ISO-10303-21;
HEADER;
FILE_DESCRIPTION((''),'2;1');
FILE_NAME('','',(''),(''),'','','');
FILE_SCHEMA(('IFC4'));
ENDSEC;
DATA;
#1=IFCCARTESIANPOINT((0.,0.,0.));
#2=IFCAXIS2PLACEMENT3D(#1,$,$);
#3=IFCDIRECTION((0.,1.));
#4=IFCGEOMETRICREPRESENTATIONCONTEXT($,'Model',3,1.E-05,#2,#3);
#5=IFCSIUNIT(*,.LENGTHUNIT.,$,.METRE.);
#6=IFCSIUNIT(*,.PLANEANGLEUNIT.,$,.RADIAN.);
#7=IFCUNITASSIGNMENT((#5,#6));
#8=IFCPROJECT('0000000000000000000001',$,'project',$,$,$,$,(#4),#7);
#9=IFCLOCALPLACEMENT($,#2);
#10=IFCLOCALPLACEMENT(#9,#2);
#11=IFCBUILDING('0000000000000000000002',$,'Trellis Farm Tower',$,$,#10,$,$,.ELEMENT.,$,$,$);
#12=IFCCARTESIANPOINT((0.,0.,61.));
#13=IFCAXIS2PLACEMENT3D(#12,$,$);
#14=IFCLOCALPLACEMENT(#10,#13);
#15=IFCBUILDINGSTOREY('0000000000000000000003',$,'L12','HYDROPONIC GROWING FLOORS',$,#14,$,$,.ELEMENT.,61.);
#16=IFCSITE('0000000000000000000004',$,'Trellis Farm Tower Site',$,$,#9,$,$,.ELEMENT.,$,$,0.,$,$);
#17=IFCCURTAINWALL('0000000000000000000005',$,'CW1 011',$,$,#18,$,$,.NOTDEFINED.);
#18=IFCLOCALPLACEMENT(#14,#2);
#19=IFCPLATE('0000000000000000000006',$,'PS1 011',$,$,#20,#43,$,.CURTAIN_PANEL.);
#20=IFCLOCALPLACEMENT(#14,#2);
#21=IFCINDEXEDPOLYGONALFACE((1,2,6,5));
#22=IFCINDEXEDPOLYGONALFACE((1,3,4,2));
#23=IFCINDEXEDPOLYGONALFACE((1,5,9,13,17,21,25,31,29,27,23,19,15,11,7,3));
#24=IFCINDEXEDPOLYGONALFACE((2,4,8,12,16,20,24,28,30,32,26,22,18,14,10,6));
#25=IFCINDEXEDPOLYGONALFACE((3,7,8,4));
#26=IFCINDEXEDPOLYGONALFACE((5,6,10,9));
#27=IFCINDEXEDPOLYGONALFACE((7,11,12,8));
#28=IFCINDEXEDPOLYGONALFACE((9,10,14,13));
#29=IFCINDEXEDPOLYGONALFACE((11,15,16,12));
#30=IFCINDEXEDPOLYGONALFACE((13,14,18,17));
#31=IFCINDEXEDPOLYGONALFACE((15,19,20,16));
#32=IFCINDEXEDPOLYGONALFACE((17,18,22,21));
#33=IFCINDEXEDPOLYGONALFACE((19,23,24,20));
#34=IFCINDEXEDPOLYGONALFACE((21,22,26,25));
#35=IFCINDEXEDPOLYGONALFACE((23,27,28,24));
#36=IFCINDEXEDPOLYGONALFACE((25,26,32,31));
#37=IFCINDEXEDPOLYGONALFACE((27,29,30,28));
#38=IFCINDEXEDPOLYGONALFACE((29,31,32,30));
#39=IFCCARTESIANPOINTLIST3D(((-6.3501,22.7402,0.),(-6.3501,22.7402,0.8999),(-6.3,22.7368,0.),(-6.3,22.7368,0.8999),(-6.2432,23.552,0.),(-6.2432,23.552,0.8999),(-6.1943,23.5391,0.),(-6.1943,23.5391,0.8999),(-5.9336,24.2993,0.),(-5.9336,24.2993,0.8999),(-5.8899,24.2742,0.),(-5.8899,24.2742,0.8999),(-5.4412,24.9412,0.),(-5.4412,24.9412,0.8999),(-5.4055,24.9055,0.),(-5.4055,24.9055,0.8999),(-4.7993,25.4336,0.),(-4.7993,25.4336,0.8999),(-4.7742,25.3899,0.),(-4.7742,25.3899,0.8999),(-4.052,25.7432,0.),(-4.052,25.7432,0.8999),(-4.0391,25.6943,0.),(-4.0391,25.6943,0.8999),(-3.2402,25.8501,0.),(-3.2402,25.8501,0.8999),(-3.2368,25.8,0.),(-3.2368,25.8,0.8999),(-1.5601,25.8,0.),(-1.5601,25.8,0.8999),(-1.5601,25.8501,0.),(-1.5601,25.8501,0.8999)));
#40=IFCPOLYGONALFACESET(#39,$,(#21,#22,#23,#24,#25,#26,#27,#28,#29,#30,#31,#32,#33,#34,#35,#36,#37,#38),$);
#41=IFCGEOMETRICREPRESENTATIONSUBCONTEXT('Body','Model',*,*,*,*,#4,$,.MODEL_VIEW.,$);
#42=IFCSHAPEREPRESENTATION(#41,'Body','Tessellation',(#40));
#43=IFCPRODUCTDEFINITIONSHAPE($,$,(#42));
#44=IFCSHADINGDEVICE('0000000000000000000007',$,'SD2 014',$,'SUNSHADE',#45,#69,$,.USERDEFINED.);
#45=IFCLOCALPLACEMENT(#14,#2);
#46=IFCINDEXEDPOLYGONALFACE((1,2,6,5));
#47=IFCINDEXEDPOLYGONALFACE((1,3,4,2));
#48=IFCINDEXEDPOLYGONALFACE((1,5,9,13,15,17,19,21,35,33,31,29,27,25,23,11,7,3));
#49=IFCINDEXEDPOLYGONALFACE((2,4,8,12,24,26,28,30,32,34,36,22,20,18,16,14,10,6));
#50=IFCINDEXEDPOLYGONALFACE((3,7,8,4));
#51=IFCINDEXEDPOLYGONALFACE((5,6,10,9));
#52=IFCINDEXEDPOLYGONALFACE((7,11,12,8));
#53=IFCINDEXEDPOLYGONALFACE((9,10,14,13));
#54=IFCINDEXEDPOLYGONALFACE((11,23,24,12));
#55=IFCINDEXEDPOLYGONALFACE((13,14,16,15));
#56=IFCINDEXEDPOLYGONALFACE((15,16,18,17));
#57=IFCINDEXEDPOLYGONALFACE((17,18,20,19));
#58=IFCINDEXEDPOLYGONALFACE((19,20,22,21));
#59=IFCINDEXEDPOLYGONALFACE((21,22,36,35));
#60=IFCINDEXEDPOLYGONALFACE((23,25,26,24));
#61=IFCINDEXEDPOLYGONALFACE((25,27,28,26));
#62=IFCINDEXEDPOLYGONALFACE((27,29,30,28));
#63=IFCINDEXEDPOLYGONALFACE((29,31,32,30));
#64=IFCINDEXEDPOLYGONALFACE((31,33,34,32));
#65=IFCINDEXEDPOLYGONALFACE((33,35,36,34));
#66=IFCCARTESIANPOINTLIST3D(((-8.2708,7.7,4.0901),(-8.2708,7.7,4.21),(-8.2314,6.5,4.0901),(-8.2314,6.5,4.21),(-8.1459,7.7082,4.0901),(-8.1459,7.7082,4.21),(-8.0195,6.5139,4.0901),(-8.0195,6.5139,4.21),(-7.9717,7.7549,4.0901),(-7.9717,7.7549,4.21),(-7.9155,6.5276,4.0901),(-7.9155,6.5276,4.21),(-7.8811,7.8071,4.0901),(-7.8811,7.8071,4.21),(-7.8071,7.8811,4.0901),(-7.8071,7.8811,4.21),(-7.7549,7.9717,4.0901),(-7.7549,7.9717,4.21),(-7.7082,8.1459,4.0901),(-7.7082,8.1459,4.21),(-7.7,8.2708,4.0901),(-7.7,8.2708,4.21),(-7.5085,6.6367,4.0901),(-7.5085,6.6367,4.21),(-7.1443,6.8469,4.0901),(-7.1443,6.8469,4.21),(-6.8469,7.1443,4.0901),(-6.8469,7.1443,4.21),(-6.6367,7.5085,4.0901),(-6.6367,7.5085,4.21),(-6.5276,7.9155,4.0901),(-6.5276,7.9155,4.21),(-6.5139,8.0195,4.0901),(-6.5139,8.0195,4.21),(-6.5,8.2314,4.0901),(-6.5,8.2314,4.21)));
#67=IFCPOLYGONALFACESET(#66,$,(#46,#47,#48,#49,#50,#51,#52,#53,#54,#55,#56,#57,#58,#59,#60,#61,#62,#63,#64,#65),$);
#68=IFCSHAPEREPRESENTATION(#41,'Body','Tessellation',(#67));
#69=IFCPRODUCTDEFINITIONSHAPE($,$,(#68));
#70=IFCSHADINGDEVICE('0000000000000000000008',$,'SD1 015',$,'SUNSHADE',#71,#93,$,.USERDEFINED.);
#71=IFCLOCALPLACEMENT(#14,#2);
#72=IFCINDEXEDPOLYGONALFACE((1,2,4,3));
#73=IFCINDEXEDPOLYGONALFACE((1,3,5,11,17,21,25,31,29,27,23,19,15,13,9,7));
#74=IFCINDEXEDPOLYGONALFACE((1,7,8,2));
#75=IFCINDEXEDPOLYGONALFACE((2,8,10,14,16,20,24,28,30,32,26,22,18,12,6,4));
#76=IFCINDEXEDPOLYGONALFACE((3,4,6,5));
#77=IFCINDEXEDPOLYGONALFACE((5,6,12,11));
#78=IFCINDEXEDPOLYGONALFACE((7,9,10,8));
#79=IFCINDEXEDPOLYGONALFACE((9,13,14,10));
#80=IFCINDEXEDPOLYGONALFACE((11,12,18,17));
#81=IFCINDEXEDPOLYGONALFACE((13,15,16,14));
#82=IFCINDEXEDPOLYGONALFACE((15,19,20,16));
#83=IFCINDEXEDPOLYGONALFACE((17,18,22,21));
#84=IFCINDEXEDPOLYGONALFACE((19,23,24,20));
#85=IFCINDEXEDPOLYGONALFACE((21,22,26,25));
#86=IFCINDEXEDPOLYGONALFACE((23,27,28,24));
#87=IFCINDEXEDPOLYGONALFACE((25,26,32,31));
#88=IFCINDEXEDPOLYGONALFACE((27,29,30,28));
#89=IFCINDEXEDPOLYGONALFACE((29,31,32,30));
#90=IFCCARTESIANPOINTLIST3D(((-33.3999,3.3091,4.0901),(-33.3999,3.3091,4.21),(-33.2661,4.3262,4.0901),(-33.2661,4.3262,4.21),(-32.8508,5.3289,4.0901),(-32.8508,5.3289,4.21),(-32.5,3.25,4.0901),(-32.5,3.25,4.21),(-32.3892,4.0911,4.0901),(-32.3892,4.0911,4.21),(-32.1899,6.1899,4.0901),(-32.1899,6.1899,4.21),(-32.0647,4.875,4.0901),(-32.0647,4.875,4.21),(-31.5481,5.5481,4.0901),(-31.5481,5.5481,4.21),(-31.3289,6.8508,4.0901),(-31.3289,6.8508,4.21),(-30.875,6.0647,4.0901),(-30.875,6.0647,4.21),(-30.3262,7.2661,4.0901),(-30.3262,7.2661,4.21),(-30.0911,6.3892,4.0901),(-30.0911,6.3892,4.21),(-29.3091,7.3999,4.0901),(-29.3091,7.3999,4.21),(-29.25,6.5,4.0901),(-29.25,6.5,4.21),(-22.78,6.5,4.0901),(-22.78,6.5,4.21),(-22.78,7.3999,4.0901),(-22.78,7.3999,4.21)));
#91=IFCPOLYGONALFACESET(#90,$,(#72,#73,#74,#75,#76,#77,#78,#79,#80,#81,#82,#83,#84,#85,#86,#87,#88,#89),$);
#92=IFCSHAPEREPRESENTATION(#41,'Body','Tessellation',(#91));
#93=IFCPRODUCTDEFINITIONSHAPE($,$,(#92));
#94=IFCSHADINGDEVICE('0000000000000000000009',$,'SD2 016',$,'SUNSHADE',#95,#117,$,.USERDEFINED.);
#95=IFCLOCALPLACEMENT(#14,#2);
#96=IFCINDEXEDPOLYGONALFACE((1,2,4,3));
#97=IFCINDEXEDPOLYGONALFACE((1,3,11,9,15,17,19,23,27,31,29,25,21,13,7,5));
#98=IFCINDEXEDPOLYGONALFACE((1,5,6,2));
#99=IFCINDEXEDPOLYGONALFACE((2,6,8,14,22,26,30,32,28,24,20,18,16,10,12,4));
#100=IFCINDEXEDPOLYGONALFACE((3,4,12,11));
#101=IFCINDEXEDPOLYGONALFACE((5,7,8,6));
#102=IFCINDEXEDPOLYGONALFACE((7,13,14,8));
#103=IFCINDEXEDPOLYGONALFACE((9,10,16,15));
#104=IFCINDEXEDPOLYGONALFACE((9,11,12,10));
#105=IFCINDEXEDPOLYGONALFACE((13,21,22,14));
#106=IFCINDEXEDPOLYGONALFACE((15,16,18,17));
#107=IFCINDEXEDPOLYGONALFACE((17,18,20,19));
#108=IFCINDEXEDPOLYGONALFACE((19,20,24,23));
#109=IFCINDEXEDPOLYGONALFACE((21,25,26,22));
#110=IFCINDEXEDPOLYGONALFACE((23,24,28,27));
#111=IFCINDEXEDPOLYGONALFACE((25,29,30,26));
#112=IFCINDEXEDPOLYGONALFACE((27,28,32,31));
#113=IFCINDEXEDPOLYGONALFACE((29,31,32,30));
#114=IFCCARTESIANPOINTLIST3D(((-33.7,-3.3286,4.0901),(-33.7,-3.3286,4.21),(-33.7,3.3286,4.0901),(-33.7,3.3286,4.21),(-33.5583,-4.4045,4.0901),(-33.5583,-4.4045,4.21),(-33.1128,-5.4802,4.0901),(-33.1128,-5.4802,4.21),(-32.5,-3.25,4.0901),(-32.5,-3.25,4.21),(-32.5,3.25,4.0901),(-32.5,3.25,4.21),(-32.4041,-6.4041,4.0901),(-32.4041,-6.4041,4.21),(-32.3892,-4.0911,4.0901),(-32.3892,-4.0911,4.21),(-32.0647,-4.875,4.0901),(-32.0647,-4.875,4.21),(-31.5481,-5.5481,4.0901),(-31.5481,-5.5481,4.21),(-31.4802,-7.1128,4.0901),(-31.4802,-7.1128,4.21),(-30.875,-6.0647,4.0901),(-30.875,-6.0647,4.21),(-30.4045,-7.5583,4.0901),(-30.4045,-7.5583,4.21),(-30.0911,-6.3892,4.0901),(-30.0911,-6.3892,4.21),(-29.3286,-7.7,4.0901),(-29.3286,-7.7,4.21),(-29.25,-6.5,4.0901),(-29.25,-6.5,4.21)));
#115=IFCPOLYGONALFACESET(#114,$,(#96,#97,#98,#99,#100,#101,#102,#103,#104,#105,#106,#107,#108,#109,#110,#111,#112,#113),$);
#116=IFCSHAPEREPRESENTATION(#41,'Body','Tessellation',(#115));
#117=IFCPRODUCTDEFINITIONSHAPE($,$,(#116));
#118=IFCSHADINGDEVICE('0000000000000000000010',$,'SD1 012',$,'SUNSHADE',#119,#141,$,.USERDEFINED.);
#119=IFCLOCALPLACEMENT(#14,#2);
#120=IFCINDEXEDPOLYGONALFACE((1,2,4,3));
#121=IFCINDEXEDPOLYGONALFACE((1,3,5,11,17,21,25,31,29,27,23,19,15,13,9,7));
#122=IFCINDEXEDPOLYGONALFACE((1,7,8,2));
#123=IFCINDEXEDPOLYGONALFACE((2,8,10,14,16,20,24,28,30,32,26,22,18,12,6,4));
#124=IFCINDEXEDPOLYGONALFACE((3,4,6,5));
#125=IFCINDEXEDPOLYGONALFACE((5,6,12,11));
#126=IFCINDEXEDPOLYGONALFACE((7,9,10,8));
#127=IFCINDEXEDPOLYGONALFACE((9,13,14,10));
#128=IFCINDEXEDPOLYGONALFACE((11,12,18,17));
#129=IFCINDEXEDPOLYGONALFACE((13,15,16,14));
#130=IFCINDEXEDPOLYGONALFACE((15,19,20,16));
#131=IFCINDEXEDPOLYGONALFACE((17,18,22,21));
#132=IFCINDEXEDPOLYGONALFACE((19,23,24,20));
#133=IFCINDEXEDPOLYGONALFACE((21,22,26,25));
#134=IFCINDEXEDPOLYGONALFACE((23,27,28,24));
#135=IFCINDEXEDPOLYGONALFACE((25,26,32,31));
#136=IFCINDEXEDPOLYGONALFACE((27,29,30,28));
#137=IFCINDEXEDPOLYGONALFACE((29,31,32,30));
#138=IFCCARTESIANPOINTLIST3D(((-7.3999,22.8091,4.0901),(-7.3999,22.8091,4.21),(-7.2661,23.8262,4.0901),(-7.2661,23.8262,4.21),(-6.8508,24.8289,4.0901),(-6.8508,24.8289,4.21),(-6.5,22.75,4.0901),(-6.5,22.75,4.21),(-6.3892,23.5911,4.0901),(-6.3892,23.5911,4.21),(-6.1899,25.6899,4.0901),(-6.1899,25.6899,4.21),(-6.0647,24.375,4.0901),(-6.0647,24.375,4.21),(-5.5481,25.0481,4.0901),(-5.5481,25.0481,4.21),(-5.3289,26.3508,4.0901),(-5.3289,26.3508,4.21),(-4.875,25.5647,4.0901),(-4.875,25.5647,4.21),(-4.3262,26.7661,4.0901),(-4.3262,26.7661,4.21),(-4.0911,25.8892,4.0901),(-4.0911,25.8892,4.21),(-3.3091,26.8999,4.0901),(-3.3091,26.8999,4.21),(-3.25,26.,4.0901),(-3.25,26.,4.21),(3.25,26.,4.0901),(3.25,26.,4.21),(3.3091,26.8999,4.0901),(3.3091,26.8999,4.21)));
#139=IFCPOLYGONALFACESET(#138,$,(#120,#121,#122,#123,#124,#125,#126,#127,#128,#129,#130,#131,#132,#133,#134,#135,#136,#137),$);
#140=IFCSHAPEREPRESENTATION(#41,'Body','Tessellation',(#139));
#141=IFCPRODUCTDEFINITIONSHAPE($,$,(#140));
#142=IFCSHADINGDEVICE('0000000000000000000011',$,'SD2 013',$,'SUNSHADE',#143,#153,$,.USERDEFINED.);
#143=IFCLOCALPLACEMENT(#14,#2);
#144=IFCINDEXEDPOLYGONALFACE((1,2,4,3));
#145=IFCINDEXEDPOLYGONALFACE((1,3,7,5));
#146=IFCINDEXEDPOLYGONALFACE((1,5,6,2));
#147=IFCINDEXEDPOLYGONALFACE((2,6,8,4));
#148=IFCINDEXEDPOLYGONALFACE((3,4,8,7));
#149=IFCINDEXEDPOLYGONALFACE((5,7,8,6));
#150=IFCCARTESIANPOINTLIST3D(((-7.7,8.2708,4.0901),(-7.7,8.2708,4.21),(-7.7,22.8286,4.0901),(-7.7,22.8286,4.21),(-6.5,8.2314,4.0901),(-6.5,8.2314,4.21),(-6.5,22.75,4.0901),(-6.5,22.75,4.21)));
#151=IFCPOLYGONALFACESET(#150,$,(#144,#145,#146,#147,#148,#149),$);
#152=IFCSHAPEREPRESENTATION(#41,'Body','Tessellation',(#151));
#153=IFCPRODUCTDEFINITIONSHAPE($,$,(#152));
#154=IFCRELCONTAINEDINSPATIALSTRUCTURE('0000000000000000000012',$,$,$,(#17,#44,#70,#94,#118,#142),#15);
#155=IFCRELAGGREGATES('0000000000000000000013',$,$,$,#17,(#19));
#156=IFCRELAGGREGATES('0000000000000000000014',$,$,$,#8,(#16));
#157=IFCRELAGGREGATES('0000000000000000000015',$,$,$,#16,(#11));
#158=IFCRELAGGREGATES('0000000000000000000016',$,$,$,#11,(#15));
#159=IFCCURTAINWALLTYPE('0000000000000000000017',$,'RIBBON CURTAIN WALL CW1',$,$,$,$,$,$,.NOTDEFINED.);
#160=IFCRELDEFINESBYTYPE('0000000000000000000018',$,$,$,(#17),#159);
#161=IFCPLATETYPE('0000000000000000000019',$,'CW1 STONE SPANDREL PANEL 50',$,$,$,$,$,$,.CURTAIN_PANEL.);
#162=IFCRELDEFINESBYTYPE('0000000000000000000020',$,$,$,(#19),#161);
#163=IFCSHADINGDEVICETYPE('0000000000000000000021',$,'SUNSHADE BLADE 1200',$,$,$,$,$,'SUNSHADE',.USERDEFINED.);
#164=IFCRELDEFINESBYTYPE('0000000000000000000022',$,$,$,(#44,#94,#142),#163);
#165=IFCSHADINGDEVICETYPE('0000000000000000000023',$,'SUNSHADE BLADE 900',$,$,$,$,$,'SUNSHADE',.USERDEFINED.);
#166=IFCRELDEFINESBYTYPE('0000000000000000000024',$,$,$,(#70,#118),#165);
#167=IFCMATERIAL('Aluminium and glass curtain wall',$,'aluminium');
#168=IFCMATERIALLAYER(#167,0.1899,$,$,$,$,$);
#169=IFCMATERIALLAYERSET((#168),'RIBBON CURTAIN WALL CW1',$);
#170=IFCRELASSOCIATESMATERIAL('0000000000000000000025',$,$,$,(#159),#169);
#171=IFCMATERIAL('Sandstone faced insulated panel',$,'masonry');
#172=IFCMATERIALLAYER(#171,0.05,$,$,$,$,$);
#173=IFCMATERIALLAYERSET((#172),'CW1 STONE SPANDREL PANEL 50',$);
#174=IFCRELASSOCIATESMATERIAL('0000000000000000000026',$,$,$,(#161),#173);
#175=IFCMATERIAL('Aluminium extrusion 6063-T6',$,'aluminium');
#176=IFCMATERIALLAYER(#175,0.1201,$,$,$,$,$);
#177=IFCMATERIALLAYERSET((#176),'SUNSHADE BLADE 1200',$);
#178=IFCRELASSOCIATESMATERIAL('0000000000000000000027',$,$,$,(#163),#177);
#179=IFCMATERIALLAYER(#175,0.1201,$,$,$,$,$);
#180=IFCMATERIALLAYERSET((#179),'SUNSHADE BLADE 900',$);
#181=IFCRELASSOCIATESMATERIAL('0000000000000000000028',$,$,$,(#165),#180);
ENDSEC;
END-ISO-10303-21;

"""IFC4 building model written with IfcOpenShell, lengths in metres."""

from ifc_helpers import new_model, si_unit, direction, frame, origin, place, context, subcontext, project, spatial, polyline, outline, extrude, source, transform, mapped, material, layer, layer_set, type_object, element, aggregate, save


model = new_model("IFC4")

# Units and contexts
model_context = context("Model", 3, precision=1e-05, world=origin(), true_north=direction((0.0, 1.0)))
body_context = subcontext(model_context, "Body", "Model", "MODEL_VIEW")
ifc_project = project(units=[si_unit("LENGTHUNIT", "METRE"), si_unit("PLANEANGLEUNIT", "RADIAN")], contexts=[model_context])

# Site, building, storey
site_placement = place(None, origin())
site = spatial("IfcSite", under=ifc_project, at=site_placement, Name="Trellis Farm Tower Site", CompositionType="ELEMENT", RefElevation=0.0)
building_placement = place(site_placement, origin())
building = spatial("IfcBuilding", under=site, at=building_placement, Name="Trellis Farm Tower", CompositionType="ELEMENT")
storey_placement = place(building_placement, frame((0.0, 0.0, 61.0)))
storey = spatial("IfcBuildingStorey", under=building, at=storey_placement, Name="L12", Description="HYDROPONIC GROWING FLOORS", CompositionType="ELEMENT", Elevation=61.0)

# Curtain wall
ifc_material_1 = material(Name="Aluminium and glass curtain wall", Category="aluminium")
placement_1 = place(storey_placement, origin())
ifc_material_2 = material(Name="Aluminium extrusion 6063-T6", Category="aluminium")
ifc_layer_1 = layer(ifc_material_1, 0.1899)
ifc_layer_set_1 = layer_set([ifc_layer_1], Name="RIBBON CURTAIN WALL CW1")
curtain_wall_type_1 = type_object("IfcCurtainWallType", Name="RIBBON CURTAIN WALL CW1", PredefinedType="NOTDEFINED", material=ifc_layer_set_1)
curtain_wall_1 = element("IfcCurtainWall", 1, at=placement_1, inside=storey, type_object=curtain_wall_type_1, Name="CW1 011", PredefinedType="NOTDEFINED")

# Plate
ifc_material_3 = material(Name="Sandstone faced insulated panel", Category="masonry")
ifc_layer_2 = layer(ifc_material_3, 0.05)
ifc_layer_set_2 = layer_set([ifc_layer_2], Name="CW1 STONE SPANDREL PANEL 50")
plate_type_1 = type_object("IfcPlateType", Name="CW1 STONE SPANDREL PANEL 50", PredefinedType="CURTAIN_PANEL", material=ifc_layer_set_2)
shared_shape_1 = source(origin(), body_context, "Body", "SweptSolid", [
    extrude(outline(polyline([(-1.5601, 25.8501), (-3.2402, 25.8501), (-4.052, 25.7432), (-4.7993, 25.4336), (-5.4412, 24.9412), (-5.9336, 24.2993), (-6.2432, 23.552), (-6.3501, 22.7402), (-6.3, 22.7368), (-6.1943, 23.5391), (-5.8899, 24.2742), (-5.4055, 24.9055), (-4.7742, 25.3899), (-4.0391, 25.6943), (-3.2368, 25.8), (-1.5601, 25.8), (-1.5601, 25.8501)])), origin(), (0.0, 0.0, 1.0), 0.8999),
])
plate_1 = element("IfcPlate", 2, at=placement_1, type_object=plate_type_1, Name="PS1 011", PredefinedType="CURTAIN_PANEL", context=body_context, shape_type="MappedRepresentation", body=[
    mapped(shared_shape_1, transform((0.0, 0.0, 0.0))),
])
aggregate(curtain_wall_1, [plate_1])

# Shading devices
ifc_layer_3 = layer(ifc_material_2, 0.1201)
ifc_layer_set_3 = layer_set([ifc_layer_3], Name="SUNSHADE BLADE 1200")
shading_device_type_1 = type_object("IfcShadingDeviceType", Name="SUNSHADE BLADE 1200", ElementType="SUNSHADE", PredefinedType="USERDEFINED", material=ifc_layer_set_3)
shared_shape_2 = source(origin(), body_context, "Body", "SweptSolid", [
    extrude(outline(polyline([(-7.7, 8.2708), (-7.7087, 8.1372), (-7.707, 8.1501), (-7.7549, 7.9717), (-7.8071, 7.8811), (-7.8811, 7.8071), (-7.9717, 7.7549), (-8.1501, 7.707), (-8.1372, 7.7087), (-8.2708, 7.7), (-8.2314, 6.5), (-8.0195, 6.5139), (-7.9155, 6.5276), (-7.5085, 6.6367), (-7.1443, 6.8469), (-6.8469, 7.1443), (-6.6367, 7.5085), (-6.5276, 7.9155), (-6.5139, 8.0195), (-6.5, 8.2314), (-7.7, 8.2708)])), origin(), (0.0, 0.0, 1.0), 0.1199),
])
placement_2 = place(storey_placement, frame((0.0, 0.0, 4.0901)))
element("IfcShadingDevice", 3, at=placement_2, inside=storey, type_object=shading_device_type_1, Name="SD2 014", ObjectType="SUNSHADE", PredefinedType="USERDEFINED", context=body_context, shape_type="MappedRepresentation", body=[
    mapped(shared_shape_2, transform((0.0, 0.0, 0.0))),
])
ifc_layer_4 = layer(ifc_material_2, 0.1201)
ifc_layer_set_4 = layer_set([ifc_layer_4], Name="SUNSHADE BLADE 900")
shading_device_type_2 = type_object("IfcShadingDeviceType", Name="SUNSHADE BLADE 900", ElementType="SUNSHADE", PredefinedType="USERDEFINED", material=ifc_layer_set_4)
shared_shape_3 = source(origin(), body_context, "Body", "SweptSolid", [
    extrude(outline(polyline([(-22.78, 7.3999), (-29.3091, 7.3999), (-30.3262, 7.2661), (-31.3289, 6.8508), (-32.1899, 6.1899), (-32.8508, 5.3289), (-33.2661, 4.3262), (-33.3999, 3.3091), (-32.5, 3.25), (-32.3892, 4.0911), (-32.0647, 4.875), (-31.5481, 5.5481), (-30.875, 6.0647), (-30.0911, 6.3892), (-29.25, 6.5), (-22.78, 6.5), (-22.78, 7.3999)])), origin(), (0.0, 0.0, 1.0), 0.1199),
])
element("IfcShadingDevice", 4, at=placement_2, inside=storey, type_object=shading_device_type_2, Name="SD1 015", ObjectType="SUNSHADE", PredefinedType="USERDEFINED", context=body_context, shape_type="MappedRepresentation", body=[
    mapped(shared_shape_3, transform((0.0, 0.0, 0.0))),
])
shared_shape_4 = source(origin(), body_context, "Body", "SweptSolid", [
    extrude(outline(polyline([(-33.7, 3.3286), (-33.7, -3.3286), (-33.5583, -4.4045), (-33.1128, -5.4802), (-32.4041, -6.4041), (-31.4802, -7.1128), (-30.4045, -7.5583), (-29.3286, -7.7), (-29.25, -6.5), (-30.0911, -6.3892), (-30.875, -6.0647), (-31.5481, -5.5481), (-32.0647, -4.875), (-32.3892, -4.0911), (-32.5, -3.25), (-32.5, 3.25), (-33.7, 3.3286)])), origin(), (0.0, 0.0, 1.0), 0.1199),
])
element("IfcShadingDevice", 5, at=placement_2, inside=storey, type_object=shading_device_type_1, Name="SD2 016", ObjectType="SUNSHADE", PredefinedType="USERDEFINED", context=body_context, shape_type="MappedRepresentation", body=[
    mapped(shared_shape_4, transform((0.0, 0.0, 0.0))),
])
shared_shape_5 = source(origin(), body_context, "Body", "SweptSolid", [
    extrude(outline(polyline([(3.3091, 26.8999), (-3.3091, 26.8999), (-4.3262, 26.7661), (-5.3289, 26.3508), (-6.1899, 25.6899), (-6.8508, 24.8289), (-7.2661, 23.8262), (-7.3999, 22.8091), (-6.5, 22.75), (-6.3892, 23.5911), (-6.0647, 24.375), (-5.5481, 25.0481), (-4.875, 25.5647), (-4.0911, 25.8892), (-3.25, 26.0), (3.25, 26.0), (3.3091, 26.8999)])), origin(), (0.0, 0.0, 1.0), 0.1199),
])
element("IfcShadingDevice", 6, at=placement_2, inside=storey, type_object=shading_device_type_2, Name="SD1 012", ObjectType="SUNSHADE", PredefinedType="USERDEFINED", context=body_context, shape_type="MappedRepresentation", body=[
    mapped(shared_shape_5, transform((0.0, 0.0, 0.0))),
])
shared_shape_6 = source(origin(), body_context, "Body", "SweptSolid", [
    extrude(outline(polyline([(-7.7, 22.8286), (-7.7, 8.2708), (-6.5, 8.2314), (-6.5, 22.75), (-7.7, 22.8286)])), origin(), (0.0, 0.0, 1.0), 0.1199),
])
element("IfcShadingDevice", 7, at=placement_2, inside=storey, type_object=shading_device_type_1, Name="SD2 013", ObjectType="SUNSHADE", PredefinedType="USERDEFINED", context=body_context, shape_type="MappedRepresentation", body=[
    mapped(shared_shape_6, transform((0.0, 0.0, 0.0))),
])

save(model, "model.ifc")
